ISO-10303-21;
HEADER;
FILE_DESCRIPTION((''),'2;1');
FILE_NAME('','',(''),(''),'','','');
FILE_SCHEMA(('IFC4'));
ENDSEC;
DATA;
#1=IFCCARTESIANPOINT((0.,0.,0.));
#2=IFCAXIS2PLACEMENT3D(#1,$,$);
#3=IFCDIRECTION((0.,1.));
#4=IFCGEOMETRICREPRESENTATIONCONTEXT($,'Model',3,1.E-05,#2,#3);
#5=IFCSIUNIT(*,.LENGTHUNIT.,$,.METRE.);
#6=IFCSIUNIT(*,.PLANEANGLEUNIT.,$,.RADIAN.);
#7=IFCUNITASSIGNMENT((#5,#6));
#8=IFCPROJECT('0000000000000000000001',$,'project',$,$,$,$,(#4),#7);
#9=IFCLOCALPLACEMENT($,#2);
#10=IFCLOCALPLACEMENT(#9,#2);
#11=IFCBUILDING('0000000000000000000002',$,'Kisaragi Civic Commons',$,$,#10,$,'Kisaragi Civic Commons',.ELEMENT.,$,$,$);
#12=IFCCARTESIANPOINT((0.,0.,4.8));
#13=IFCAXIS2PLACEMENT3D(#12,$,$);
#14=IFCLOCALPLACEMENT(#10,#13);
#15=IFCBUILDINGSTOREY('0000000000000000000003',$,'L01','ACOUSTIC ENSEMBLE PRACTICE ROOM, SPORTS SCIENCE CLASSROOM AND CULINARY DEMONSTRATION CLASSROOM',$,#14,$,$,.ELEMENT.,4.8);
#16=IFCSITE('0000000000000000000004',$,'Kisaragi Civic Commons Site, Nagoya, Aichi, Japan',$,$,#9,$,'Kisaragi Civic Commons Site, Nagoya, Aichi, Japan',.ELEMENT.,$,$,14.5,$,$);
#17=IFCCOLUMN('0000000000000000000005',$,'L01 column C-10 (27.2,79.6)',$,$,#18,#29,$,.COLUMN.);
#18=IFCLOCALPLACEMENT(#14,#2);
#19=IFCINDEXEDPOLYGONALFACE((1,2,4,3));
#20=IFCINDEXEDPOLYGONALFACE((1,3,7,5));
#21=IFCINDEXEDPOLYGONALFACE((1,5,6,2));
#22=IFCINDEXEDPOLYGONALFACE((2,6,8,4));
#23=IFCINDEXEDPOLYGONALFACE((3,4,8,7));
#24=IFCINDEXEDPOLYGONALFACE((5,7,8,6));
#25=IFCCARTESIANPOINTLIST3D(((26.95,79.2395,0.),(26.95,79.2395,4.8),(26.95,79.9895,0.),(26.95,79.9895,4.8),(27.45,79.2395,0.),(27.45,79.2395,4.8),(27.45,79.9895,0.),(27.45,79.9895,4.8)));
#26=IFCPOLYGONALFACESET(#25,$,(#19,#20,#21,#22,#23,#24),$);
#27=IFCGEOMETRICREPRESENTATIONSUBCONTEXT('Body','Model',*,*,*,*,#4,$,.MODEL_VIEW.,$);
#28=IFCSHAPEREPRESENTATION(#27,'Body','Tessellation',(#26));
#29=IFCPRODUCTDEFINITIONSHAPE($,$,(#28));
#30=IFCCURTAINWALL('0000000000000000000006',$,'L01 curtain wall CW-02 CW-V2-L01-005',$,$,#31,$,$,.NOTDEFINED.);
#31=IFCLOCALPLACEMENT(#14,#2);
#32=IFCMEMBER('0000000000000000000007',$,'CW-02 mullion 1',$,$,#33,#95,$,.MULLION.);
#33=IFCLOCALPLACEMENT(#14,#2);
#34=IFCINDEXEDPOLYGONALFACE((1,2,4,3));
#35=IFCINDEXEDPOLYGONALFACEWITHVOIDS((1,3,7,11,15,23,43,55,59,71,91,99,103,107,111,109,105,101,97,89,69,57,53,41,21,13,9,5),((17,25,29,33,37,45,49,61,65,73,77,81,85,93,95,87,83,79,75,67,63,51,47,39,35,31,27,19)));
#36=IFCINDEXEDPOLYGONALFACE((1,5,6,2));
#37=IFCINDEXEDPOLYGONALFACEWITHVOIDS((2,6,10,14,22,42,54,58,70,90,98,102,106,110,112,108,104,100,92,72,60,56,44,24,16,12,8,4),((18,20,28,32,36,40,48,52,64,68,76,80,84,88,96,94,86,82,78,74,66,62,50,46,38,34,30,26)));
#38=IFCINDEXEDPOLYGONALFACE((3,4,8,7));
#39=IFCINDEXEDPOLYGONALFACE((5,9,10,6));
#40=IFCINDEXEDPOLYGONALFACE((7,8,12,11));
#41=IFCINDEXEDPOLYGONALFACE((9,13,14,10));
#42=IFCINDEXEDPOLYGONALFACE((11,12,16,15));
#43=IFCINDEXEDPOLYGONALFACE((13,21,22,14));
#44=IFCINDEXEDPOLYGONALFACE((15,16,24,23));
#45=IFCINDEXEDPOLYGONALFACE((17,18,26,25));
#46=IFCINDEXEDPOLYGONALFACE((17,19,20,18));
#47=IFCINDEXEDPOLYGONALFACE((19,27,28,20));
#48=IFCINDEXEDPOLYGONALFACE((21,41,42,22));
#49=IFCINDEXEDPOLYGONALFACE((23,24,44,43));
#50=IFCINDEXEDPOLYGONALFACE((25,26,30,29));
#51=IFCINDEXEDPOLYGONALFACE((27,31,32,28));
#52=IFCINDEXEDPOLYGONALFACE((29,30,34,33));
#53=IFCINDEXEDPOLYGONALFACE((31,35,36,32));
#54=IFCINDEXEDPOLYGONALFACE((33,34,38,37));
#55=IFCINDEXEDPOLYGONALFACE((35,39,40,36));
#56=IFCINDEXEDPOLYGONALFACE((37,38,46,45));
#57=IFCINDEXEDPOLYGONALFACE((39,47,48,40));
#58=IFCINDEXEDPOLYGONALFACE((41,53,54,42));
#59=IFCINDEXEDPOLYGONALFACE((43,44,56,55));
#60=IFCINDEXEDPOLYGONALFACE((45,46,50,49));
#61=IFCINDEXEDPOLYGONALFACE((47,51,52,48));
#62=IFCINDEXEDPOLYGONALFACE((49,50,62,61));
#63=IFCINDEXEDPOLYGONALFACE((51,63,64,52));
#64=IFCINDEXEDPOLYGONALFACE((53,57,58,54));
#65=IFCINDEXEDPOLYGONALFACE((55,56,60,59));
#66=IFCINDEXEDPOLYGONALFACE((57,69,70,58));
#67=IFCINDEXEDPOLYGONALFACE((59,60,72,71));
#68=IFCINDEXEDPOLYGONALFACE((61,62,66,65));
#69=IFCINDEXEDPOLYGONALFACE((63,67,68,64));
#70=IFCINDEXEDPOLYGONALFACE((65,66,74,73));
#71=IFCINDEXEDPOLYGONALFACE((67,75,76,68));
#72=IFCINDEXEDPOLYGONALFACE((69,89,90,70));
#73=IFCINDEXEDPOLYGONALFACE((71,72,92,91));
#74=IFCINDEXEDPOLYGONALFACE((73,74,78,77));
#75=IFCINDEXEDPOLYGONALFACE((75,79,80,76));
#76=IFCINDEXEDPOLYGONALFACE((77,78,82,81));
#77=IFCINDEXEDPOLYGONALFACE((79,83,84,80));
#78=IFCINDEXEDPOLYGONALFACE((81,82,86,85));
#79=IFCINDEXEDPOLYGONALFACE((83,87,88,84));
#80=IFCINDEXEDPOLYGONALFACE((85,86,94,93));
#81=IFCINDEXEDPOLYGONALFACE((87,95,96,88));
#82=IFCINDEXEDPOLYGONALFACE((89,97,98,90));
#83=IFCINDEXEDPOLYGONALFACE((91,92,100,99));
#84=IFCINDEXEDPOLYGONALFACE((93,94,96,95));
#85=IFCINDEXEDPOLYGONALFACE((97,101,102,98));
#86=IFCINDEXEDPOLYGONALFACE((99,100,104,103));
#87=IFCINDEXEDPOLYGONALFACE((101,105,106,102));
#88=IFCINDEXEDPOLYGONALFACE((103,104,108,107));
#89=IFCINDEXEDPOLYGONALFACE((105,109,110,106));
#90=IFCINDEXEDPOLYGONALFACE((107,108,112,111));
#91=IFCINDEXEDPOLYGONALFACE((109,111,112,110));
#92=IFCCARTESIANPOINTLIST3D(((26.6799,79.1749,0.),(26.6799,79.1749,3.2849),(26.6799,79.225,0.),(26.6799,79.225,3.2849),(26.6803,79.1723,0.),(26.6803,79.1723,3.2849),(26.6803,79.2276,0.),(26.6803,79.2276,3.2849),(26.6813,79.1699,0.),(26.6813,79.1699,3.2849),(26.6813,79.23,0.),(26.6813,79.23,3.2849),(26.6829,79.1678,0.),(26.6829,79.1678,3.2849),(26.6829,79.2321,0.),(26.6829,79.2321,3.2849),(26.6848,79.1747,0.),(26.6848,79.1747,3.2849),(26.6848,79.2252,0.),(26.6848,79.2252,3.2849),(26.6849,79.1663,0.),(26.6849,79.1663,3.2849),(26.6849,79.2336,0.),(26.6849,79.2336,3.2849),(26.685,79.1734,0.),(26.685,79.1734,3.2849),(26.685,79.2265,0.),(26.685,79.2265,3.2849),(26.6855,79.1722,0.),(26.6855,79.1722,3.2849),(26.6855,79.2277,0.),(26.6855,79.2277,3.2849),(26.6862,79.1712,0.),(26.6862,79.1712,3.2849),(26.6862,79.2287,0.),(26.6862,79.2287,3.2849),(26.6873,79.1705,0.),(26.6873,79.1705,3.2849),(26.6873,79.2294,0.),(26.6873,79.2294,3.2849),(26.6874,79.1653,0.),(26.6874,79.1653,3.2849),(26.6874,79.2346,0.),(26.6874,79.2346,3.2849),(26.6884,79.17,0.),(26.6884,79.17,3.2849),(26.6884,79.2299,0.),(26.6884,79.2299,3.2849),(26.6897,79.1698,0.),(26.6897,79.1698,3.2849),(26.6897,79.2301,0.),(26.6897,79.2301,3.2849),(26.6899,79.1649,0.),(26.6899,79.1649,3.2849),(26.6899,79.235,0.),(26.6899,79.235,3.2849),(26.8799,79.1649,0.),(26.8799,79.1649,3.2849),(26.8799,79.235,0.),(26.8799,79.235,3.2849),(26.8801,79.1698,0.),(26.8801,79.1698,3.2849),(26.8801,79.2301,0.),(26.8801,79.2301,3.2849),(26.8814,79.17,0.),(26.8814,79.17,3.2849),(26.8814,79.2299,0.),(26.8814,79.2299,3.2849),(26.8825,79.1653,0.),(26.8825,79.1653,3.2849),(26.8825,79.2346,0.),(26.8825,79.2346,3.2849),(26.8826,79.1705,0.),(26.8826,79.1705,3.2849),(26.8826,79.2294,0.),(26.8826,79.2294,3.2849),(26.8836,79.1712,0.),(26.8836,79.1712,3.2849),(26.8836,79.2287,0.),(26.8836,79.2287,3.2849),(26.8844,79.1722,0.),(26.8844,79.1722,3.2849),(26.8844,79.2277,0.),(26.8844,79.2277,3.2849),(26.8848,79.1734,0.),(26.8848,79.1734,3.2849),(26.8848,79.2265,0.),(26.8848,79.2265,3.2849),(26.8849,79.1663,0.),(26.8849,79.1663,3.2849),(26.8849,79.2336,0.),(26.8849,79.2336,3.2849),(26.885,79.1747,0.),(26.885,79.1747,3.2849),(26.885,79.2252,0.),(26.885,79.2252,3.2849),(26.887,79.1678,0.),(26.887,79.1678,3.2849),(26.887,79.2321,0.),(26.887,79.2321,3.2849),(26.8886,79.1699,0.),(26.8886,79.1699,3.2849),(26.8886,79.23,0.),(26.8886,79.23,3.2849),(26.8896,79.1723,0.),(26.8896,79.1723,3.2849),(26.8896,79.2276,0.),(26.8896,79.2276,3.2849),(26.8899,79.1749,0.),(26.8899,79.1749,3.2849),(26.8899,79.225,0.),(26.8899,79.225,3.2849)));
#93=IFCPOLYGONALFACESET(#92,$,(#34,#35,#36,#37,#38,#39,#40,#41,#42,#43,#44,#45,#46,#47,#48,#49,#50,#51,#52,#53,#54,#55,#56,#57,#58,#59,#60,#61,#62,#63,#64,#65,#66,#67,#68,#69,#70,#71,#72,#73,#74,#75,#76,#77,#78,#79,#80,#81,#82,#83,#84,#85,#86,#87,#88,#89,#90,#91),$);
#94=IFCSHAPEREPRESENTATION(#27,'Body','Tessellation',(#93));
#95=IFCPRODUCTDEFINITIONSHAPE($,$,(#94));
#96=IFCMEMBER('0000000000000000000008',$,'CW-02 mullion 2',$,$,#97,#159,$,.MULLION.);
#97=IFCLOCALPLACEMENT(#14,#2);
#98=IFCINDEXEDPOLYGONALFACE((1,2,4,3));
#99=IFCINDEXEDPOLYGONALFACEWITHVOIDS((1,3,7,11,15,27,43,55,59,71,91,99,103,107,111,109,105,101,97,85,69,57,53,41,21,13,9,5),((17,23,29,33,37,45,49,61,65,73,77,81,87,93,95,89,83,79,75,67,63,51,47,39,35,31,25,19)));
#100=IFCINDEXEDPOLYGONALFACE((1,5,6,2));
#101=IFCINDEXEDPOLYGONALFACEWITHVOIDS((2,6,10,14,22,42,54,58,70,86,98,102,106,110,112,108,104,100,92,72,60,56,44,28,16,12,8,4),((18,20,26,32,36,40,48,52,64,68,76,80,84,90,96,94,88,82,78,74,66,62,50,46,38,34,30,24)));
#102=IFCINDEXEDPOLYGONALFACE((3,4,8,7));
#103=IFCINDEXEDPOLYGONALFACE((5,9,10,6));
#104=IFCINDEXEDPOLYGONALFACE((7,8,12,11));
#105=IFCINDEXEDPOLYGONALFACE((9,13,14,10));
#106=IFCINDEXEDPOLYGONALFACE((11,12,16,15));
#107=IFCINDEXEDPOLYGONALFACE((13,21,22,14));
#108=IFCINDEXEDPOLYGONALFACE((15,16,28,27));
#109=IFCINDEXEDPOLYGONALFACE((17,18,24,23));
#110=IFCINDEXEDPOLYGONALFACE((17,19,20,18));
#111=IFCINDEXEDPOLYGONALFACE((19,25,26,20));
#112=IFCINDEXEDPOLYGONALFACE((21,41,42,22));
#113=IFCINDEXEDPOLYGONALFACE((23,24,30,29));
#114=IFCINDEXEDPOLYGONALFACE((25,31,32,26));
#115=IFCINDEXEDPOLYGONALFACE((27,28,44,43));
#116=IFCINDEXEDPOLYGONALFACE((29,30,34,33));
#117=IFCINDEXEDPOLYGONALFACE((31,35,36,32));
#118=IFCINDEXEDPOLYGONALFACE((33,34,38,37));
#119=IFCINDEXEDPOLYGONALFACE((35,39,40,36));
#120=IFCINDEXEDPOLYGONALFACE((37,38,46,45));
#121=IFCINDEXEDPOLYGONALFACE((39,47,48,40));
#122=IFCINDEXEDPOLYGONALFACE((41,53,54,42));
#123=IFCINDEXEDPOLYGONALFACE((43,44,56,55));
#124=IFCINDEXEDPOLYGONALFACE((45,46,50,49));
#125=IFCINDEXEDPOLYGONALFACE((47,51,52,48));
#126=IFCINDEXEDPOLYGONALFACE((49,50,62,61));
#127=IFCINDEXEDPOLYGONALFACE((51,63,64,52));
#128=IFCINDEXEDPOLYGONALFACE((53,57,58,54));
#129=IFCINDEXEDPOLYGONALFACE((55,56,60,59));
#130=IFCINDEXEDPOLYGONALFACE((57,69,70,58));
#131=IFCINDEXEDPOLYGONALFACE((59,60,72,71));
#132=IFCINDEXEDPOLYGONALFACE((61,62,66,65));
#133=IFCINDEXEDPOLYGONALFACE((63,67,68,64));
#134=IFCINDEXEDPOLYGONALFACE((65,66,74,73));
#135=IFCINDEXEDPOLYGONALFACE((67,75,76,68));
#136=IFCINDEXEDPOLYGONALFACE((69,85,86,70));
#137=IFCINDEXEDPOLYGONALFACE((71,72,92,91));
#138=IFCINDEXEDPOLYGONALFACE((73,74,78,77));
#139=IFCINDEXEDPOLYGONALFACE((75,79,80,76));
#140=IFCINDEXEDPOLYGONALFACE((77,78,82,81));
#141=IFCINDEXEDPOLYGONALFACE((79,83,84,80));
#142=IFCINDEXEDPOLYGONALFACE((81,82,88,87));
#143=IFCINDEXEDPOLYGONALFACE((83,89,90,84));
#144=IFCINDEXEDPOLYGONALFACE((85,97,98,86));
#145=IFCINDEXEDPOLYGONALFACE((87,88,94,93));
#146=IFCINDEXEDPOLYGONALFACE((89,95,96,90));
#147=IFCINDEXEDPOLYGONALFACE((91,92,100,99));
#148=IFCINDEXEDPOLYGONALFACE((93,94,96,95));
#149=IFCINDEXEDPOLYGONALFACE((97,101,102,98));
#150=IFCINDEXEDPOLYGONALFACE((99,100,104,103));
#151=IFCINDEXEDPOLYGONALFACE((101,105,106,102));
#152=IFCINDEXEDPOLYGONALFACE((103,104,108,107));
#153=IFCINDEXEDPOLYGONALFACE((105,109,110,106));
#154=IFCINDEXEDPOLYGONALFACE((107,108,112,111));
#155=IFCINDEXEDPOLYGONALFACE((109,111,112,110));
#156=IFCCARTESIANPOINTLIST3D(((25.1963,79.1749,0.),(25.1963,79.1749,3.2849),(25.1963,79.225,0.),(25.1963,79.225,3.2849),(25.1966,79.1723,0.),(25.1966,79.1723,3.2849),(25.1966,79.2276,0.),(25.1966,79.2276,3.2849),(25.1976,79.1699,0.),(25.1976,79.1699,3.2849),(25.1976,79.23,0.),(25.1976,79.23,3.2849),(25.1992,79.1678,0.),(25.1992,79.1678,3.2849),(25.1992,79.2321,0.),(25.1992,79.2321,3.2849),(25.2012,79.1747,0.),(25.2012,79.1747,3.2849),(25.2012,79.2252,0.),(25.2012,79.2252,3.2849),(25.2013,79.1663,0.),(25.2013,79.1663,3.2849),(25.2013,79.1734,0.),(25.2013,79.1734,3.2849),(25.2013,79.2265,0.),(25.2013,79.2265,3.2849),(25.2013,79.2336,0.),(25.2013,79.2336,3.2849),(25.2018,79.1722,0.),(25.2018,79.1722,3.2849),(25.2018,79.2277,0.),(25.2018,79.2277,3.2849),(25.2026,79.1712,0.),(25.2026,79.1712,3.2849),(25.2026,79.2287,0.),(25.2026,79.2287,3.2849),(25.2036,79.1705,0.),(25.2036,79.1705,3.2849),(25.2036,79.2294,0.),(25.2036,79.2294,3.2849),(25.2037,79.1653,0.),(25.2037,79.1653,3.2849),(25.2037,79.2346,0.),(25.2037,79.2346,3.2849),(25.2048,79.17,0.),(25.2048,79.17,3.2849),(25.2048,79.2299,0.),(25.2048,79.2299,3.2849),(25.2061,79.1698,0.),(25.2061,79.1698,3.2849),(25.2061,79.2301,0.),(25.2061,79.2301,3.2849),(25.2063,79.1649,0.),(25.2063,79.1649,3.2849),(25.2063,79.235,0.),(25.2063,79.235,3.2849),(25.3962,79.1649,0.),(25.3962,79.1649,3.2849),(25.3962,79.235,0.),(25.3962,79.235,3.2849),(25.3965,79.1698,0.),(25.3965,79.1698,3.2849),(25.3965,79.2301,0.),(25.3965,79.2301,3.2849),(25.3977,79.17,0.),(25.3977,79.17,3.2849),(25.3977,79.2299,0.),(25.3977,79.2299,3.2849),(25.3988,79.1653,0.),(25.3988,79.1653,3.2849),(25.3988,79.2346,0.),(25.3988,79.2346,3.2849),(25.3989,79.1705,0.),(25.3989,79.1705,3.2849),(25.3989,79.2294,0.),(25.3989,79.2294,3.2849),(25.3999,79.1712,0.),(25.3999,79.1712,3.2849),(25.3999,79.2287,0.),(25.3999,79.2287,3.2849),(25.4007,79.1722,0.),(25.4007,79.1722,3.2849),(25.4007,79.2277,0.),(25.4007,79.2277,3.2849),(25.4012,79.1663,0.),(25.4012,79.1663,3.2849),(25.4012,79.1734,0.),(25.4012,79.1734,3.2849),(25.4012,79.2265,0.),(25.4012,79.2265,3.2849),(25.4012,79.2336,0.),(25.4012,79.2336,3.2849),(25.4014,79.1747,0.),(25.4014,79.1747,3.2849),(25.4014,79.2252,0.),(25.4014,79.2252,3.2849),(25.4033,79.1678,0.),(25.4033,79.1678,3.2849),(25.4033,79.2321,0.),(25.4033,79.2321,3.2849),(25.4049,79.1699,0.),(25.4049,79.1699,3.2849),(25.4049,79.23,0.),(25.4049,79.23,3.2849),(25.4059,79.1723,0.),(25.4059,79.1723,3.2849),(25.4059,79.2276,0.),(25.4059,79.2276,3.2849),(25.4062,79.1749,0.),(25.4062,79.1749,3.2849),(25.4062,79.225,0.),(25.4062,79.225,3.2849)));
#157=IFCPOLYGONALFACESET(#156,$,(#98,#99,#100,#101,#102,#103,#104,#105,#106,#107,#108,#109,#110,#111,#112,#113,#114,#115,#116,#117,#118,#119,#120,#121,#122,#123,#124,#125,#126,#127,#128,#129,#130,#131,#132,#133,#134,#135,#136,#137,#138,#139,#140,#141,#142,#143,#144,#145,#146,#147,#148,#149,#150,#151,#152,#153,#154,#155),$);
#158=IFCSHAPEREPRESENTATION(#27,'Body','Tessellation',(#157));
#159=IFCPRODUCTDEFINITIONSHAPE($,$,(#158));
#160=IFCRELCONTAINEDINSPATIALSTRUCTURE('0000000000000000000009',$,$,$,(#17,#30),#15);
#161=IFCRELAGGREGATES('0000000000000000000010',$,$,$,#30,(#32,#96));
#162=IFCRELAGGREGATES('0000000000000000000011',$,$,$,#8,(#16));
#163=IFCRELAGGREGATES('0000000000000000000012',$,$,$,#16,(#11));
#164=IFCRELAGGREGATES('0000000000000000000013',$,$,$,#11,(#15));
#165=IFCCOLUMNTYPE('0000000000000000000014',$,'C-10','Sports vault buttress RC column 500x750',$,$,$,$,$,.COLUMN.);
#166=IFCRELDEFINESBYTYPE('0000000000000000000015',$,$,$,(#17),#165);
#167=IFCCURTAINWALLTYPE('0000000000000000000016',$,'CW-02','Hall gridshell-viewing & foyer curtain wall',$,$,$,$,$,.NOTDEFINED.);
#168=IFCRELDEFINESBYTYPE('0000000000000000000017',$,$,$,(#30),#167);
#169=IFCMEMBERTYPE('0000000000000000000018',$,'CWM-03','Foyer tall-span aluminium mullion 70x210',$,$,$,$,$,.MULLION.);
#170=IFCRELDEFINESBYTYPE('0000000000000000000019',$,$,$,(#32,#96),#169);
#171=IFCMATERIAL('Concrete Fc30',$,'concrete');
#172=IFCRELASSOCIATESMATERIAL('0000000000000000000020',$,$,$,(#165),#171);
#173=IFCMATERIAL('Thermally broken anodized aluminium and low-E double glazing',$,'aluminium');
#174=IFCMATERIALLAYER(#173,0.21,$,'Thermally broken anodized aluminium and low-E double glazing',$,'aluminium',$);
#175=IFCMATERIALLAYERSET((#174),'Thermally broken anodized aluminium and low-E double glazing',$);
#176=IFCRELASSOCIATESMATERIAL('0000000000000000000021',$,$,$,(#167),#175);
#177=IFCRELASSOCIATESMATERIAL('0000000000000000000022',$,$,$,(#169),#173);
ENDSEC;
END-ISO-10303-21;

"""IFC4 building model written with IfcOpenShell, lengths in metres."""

from ifc_helpers import new_model, si_unit, direction, frame, origin, origin_2d, place, context, subcontext, project, spatial, rectangle, hollow_rectangle, extrude, material, layer, layer_set, material_profile, profile_set, type_object, element, aggregate, save


model = new_model("IFC4")

# Units and contexts
model_context = context("Model", 3, precision=1e-05, world=origin(), true_north=direction((0.0, 1.0)))
body_context = subcontext(model_context, "Body", "Model", "MODEL_VIEW")
ifc_project = project(units=[si_unit("LENGTHUNIT", "METRE"), si_unit("PLANEANGLEUNIT", "RADIAN")], contexts=[model_context])

# Site, building, storey
site_placement = place(None, origin())
site = spatial("IfcSite", under=ifc_project, at=site_placement, Name="Kisaragi Civic Commons Site, Nagoya, Aichi, Japan", LongName="Kisaragi Civic Commons Site, Nagoya, Aichi, Japan", CompositionType="ELEMENT", RefElevation=14.5)
building_placement = place(site_placement, origin())
building = spatial("IfcBuilding", under=site, at=building_placement, Name="Kisaragi Civic Commons", LongName="Kisaragi Civic Commons", CompositionType="ELEMENT")
storey_placement = place(building_placement, frame((0.0, 0.0, 4.8)))
storey = spatial("IfcBuildingStorey", under=building, at=storey_placement, Name="L01", Description="ACOUSTIC ENSEMBLE PRACTICE ROOM, SPORTS SCIENCE CLASSROOM AND CULINARY DEMONSTRATION CLASSROOM", CompositionType="ELEMENT", Elevation=4.8)

# Column
ifc_material_1 = material(Name="Concrete Fc30", Category="concrete")
ifc_material_profile_1 = material_profile(ifc_material_1, rectangle(XDim=0.5, YDim=0.75, at=origin_2d()), Name="RC-500x750", Category="concrete")
ifc_profile_set_1 = profile_set([ifc_material_profile_1], Name="Concrete Fc30")
column_type = type_object("IfcColumnType", Name="C-10", Description="Sports vault buttress RC column 500x750", PredefinedType="COLUMN", material=ifc_profile_set_1)
column_placement = place(storey_placement, frame((27.2, 79.6145, 0.0), z_axis=(0.0, 0.0, 1.0), x_axis=(1.0, 0.0, 0.0)))
element("IfcColumn", 1, at=column_placement, inside=storey, type_object=column_type, Name="L01 column C-10 (27.2,79.6)", PredefinedType="COLUMN", context=body_context, shape_type="SweptSolid", body=[
    extrude(rectangle(XDim=0.5, YDim=0.75, at=origin_2d()), origin(), (0.0, 0.0, 1.0), 4.8),
])

# Curtain wall, members
ifc_material_2 = material(Name="Thermally broken anodized aluminium and low-E double glazing", Category="aluminium")
ifc_layer_1 = layer(ifc_material_2, 0.21, Name="Thermally broken anodized aluminium and low-E double glazing", Category="aluminium")
ifc_layer_set_1 = layer_set([ifc_layer_1], Name="Thermally broken anodized aluminium and low-E double glazing")
curtain_wall_type = type_object("IfcCurtainWallType", Name="CW-02", Description="Hall gridshell-viewing & foyer curtain wall", PredefinedType="NOTDEFINED", material=ifc_layer_set_1)
curtain_wall_1_placement = place(storey_placement, origin())
curtain_wall_1 = element("IfcCurtainWall", 2, at=curtain_wall_1_placement, inside=storey, type_object=curtain_wall_type, Name="L01 curtain wall CW-02 CW-V2-L01-005", PredefinedType="NOTDEFINED")
ifc_material_profile_2 = material_profile(ifc_material_2, hollow_rectangle(XDim=0.0701, YDim=0.21, WallThickness=0.0049, InnerFilletRadius=0.0049, OuterFilletRadius=0.01, at=origin_2d()), Name="CWM-70x210x5", Category="aluminium")
ifc_profile_set_2 = profile_set([ifc_material_profile_2], Name="Thermally broken anodized aluminium and low-E double glazing")
member_type_1 = type_object("IfcMemberType", Name="CWM-03", Description="Foyer tall-span aluminium mullion 70x210", PredefinedType="MULLION", material=ifc_profile_set_2)
member_1_placement = place(storey_placement, frame((26.7849, 79.2, 0.0), z_axis=(0.0, 0.0, 1.0), x_axis=(0.0, -1.0, 0.0)))
member_1 = element("IfcMember", 3, at=member_1_placement, type_object=member_type_1, Name="CW-02 mullion 1", PredefinedType="MULLION", context=body_context, shape_type="SweptSolid", body=[
    extrude(hollow_rectangle(XDim=0.0701, YDim=0.21, WallThickness=0.0049, InnerFilletRadius=0.0049, OuterFilletRadius=0.01, at=origin_2d()), origin(), (0.0, 0.0, 1.0), 3.2849),
])
member_2_placement = place(storey_placement, frame((25.3013, 79.2, 0.0), z_axis=(0.0, 0.0, 1.0), x_axis=(0.0, -1.0, 0.0)))
member_2 = element("IfcMember", 4, at=member_2_placement, type_object=member_type_1, Name="CW-02 mullion 2", PredefinedType="MULLION", context=body_context, shape_type="SweptSolid", body=[
    extrude(hollow_rectangle(XDim=0.0701, YDim=0.21, WallThickness=0.0049, InnerFilletRadius=0.0049, OuterFilletRadius=0.01, at=origin_2d()), origin(), (0.0, 0.0, 1.0), 3.2849),
])

aggregate(curtain_wall_1, [member_1, member_2])

save(model, "model.ifc")
